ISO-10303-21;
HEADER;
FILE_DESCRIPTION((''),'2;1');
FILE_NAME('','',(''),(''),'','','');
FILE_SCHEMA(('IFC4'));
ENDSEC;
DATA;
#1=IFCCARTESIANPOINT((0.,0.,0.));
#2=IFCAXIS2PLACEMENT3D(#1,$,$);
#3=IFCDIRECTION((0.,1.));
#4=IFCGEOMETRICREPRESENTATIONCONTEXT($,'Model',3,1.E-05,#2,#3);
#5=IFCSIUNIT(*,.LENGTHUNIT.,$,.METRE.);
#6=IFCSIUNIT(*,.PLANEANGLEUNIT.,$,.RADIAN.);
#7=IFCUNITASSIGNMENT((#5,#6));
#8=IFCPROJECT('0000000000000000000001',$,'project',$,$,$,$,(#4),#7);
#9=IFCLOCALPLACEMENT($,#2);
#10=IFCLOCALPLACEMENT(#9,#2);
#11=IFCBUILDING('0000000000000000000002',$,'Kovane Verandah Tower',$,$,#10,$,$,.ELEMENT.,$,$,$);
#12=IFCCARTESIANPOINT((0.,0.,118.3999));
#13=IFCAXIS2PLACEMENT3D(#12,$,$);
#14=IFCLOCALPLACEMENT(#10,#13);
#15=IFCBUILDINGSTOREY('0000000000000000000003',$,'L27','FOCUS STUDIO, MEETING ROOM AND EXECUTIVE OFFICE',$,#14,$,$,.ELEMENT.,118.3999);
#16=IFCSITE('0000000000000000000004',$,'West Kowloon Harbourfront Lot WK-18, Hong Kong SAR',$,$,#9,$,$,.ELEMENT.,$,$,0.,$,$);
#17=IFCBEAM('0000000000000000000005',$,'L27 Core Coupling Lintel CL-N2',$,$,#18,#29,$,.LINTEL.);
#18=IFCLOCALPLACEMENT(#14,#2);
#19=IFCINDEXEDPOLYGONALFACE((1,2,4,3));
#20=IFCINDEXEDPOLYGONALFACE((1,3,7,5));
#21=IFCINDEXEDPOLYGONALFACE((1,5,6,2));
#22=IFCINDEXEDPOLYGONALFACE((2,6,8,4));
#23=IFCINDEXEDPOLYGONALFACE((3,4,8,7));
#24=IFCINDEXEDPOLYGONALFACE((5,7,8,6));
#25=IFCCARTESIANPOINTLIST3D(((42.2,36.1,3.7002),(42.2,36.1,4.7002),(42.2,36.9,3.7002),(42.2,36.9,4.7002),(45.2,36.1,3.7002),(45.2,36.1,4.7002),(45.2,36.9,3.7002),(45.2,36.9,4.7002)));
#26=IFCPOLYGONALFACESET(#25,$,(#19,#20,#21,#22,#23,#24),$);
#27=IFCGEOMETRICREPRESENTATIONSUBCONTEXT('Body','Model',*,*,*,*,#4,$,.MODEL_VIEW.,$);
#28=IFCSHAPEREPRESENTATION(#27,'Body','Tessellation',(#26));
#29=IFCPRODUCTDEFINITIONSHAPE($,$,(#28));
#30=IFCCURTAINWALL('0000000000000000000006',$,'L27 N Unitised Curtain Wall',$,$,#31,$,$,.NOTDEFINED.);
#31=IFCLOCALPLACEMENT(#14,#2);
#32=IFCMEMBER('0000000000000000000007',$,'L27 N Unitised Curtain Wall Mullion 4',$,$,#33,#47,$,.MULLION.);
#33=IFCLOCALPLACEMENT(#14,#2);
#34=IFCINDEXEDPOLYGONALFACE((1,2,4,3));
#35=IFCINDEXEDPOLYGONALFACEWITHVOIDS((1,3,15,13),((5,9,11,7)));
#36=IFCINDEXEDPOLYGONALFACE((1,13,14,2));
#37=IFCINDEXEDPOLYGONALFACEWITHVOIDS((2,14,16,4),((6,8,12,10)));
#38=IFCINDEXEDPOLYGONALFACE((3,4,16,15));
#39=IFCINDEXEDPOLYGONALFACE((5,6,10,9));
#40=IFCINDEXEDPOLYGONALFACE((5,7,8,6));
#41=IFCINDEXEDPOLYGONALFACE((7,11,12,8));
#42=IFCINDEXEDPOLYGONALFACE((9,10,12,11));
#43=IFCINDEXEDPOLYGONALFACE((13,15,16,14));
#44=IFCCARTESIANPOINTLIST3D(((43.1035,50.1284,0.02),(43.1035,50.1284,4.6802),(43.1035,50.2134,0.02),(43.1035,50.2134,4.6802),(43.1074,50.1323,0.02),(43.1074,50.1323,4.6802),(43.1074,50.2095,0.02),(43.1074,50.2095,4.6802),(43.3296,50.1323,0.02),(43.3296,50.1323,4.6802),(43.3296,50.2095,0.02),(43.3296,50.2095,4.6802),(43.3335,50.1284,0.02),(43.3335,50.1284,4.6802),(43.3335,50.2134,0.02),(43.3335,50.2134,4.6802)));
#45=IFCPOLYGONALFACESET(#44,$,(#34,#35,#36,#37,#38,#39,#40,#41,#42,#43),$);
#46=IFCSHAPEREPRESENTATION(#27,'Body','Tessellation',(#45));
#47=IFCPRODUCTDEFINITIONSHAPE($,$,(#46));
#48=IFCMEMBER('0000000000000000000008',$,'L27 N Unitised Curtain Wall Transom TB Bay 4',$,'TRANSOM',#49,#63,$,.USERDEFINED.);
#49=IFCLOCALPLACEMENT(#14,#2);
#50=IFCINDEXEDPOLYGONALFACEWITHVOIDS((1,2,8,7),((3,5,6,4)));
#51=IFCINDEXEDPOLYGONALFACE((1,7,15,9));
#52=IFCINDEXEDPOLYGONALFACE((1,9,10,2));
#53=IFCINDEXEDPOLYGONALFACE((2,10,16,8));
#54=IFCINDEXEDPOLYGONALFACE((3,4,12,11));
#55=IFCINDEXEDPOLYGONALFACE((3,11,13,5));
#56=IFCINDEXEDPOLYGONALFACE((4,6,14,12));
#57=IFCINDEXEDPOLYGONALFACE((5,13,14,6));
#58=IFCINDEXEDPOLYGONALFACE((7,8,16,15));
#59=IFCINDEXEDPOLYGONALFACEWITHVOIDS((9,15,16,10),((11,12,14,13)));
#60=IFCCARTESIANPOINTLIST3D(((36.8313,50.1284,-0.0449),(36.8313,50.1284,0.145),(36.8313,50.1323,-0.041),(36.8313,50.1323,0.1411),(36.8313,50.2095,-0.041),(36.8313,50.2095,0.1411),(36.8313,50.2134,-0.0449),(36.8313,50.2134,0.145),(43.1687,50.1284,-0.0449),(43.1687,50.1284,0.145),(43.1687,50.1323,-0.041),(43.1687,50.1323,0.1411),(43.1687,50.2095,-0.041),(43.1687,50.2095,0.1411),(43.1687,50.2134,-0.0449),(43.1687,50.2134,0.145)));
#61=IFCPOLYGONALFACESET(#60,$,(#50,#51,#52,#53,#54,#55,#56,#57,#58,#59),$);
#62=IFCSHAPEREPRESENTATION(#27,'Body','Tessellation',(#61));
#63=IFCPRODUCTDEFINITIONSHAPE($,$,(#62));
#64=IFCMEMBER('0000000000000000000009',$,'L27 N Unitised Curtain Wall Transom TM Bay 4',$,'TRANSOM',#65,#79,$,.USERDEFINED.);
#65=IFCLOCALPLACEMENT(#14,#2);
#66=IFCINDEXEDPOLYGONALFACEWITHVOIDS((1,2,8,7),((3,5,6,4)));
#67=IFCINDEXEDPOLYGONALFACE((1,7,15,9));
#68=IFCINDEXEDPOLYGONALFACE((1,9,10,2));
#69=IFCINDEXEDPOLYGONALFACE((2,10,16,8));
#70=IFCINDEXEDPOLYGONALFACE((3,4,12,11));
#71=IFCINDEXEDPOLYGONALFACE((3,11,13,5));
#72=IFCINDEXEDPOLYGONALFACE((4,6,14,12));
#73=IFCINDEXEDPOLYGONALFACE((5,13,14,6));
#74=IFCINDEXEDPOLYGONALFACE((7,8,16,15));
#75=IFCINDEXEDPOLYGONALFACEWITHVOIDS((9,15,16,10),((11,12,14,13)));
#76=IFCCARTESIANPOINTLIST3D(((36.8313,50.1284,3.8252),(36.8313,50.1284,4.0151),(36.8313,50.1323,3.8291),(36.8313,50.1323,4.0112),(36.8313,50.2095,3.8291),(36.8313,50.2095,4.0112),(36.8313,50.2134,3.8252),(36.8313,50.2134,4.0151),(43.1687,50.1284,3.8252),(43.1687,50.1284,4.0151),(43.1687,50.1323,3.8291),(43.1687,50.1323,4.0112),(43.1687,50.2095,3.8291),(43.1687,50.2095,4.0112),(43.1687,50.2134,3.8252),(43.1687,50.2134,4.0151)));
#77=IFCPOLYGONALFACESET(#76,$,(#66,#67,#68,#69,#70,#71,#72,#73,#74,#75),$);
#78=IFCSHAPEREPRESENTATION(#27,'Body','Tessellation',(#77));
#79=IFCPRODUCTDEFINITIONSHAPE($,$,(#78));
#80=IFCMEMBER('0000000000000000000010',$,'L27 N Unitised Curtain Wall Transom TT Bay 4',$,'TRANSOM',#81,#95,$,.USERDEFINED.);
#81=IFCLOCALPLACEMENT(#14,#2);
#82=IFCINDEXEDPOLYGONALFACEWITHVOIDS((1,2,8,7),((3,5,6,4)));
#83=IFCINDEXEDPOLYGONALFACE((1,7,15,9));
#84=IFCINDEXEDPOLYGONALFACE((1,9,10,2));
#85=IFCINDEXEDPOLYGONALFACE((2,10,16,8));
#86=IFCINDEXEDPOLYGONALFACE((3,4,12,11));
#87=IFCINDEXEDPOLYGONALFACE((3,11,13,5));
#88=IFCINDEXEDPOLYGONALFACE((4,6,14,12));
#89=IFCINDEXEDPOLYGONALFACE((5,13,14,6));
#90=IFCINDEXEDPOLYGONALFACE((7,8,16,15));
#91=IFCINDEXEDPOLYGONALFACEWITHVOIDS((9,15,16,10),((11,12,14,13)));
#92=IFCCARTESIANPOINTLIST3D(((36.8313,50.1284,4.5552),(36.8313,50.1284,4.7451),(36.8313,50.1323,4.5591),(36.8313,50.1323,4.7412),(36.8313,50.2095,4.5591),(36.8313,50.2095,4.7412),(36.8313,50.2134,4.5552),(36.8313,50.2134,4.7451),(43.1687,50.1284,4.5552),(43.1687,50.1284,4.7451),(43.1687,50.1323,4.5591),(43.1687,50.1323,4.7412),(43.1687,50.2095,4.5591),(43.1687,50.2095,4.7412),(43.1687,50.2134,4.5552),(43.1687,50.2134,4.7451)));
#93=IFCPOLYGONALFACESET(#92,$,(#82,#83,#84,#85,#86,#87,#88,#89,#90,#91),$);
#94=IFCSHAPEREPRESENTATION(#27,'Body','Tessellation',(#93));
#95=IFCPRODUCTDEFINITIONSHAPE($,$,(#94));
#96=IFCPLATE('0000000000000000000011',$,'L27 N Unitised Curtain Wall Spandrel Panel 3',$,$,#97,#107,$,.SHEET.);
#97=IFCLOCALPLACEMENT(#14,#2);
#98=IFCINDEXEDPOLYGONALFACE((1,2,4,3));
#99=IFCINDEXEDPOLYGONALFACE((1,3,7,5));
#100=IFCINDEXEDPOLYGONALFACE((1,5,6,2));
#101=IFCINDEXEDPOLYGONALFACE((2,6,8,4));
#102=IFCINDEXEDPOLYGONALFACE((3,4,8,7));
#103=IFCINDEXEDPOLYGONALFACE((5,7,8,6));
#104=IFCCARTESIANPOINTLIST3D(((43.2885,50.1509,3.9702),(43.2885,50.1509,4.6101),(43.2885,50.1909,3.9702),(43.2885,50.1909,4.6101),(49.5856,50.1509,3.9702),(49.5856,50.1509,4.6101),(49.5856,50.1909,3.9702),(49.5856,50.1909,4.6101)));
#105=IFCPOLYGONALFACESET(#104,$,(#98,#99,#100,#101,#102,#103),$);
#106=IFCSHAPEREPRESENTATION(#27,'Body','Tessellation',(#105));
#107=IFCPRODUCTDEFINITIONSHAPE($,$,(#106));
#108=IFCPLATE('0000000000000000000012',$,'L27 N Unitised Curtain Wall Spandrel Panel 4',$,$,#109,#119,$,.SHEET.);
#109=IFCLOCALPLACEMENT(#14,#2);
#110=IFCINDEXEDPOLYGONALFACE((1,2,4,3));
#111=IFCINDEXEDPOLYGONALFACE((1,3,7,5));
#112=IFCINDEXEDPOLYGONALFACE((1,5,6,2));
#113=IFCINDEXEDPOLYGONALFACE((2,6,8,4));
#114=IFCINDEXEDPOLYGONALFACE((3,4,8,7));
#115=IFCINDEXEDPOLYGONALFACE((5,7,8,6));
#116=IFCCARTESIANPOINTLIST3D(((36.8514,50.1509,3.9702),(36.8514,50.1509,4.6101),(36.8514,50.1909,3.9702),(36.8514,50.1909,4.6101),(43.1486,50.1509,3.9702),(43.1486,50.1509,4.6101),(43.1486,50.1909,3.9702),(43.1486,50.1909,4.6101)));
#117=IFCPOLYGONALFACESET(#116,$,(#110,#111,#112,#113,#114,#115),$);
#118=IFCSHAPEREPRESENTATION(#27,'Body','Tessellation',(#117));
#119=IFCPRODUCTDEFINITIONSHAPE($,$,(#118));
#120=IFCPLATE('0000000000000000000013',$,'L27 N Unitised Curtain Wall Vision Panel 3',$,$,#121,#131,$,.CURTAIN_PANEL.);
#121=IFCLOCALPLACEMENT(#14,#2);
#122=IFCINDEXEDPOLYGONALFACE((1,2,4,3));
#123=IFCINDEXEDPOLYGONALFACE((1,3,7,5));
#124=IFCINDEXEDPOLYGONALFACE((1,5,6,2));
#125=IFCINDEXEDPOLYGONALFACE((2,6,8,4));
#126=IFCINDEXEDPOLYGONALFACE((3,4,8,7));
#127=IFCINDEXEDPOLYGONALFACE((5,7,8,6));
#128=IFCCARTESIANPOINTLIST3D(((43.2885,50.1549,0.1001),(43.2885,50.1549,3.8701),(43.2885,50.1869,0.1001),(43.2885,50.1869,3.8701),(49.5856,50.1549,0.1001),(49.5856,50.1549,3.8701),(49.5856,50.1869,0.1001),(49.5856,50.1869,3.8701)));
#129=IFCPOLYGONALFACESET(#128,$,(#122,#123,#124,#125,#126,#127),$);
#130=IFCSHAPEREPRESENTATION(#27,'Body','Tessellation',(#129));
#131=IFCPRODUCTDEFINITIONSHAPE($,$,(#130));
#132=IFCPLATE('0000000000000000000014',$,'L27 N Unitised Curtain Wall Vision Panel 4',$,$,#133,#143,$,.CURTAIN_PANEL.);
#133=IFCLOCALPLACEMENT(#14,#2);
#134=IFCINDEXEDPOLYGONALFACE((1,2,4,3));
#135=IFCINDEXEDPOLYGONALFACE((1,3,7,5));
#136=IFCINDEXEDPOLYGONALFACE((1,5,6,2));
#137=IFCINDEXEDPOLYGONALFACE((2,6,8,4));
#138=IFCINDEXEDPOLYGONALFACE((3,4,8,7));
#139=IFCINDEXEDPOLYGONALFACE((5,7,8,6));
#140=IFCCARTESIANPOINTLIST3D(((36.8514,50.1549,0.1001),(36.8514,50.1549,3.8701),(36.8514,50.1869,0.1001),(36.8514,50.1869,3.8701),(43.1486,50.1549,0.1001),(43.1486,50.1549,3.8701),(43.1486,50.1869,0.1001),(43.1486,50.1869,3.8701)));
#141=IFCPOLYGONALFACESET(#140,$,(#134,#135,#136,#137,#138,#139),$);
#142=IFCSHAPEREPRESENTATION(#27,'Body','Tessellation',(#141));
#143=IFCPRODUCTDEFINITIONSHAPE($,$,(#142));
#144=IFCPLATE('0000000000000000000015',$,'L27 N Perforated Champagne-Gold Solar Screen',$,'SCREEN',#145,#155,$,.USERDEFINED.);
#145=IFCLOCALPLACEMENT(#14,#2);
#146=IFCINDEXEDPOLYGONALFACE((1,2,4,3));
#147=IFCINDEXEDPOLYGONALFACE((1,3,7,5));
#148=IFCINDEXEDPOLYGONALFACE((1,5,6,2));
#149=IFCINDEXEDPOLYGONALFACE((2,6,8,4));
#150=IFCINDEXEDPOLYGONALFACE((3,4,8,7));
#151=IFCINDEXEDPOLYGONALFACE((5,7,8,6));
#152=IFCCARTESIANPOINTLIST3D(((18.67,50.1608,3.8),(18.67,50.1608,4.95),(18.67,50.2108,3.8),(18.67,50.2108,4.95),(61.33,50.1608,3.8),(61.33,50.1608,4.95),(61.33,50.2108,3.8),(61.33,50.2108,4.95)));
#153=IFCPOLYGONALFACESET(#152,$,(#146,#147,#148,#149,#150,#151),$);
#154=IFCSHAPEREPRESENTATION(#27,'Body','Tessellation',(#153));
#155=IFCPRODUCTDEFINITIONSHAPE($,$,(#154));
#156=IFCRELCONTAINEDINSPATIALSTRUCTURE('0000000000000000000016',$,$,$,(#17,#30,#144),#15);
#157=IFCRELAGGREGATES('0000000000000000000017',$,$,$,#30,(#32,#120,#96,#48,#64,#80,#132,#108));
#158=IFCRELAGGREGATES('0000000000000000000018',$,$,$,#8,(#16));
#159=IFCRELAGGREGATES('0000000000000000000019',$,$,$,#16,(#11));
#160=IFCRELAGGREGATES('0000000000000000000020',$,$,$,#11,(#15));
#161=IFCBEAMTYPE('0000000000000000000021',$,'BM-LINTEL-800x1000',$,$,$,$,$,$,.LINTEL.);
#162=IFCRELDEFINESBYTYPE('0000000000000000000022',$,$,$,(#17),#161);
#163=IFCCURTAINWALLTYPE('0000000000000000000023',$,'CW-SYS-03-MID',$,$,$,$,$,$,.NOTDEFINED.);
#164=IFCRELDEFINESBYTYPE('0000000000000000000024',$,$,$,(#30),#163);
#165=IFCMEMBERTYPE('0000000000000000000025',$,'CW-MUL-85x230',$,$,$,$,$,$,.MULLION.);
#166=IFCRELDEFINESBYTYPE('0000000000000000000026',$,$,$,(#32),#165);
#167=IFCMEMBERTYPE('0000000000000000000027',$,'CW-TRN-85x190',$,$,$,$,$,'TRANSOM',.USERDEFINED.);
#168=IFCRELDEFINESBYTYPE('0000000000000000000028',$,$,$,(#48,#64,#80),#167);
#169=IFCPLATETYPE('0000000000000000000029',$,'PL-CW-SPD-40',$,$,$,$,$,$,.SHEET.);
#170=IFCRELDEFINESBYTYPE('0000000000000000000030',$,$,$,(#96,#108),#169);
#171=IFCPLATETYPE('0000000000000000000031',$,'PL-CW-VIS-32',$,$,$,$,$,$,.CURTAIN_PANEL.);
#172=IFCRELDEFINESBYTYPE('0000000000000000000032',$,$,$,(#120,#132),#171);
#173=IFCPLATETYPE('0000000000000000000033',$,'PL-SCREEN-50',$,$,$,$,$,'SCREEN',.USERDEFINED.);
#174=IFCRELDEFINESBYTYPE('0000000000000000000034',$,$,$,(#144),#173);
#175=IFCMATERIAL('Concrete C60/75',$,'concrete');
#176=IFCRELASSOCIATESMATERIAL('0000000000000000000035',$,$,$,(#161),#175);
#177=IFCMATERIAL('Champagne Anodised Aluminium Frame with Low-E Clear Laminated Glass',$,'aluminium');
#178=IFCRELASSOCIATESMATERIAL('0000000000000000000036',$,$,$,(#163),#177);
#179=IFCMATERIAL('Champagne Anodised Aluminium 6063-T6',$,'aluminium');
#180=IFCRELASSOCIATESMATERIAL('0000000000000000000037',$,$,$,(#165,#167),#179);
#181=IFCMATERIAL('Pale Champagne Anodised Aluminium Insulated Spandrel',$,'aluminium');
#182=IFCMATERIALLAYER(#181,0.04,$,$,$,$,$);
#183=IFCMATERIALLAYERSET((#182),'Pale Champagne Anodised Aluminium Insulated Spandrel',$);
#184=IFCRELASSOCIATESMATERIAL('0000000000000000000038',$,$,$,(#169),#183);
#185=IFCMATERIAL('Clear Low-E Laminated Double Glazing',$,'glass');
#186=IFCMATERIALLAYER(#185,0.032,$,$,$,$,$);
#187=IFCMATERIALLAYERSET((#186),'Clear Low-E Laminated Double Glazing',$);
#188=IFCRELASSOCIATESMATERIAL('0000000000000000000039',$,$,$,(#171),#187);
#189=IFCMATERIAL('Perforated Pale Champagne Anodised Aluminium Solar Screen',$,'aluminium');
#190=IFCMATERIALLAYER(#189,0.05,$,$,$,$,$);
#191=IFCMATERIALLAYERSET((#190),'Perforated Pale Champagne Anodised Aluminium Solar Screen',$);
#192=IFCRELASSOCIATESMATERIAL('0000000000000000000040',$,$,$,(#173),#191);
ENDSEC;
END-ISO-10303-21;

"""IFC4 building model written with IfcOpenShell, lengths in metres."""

from ifc_helpers import new_model, si_unit, direction, frame, origin, origin_2d, place, context, subcontext, project, spatial, rectangle, hollow_rectangle, extrude, material, layer, layer_set, material_profile, profile_set, type_object, element, aggregate, save


model = new_model("IFC4")

# Units and contexts
model_context = context("Model", 3, precision=1e-05, world=origin(), true_north=direction((0.0, 1.0)))
body_context = subcontext(model_context, "Body", "Model", "MODEL_VIEW")
ifc_project = project(units=[si_unit("LENGTHUNIT", "METRE"), si_unit("PLANEANGLEUNIT", "RADIAN")], contexts=[model_context])

# Site, building, storey
site_placement = place(None, origin())
site = spatial("IfcSite", under=ifc_project, at=site_placement, Name="West Kowloon Harbourfront Lot WK-18, Hong Kong SAR", CompositionType="ELEMENT", RefElevation=0.0)
building_placement = place(site_placement, origin())
building = spatial("IfcBuilding", under=site, at=building_placement, Name="Kovane Verandah Tower", CompositionType="ELEMENT")
storey_placement = place(building_placement, frame((0.0, 0.0, 118.3999)))
storey = spatial("IfcBuildingStorey", under=building, at=storey_placement, Name="L27", Description="FOCUS STUDIO, MEETING ROOM AND EXECUTIVE OFFICE", CompositionType="ELEMENT", Elevation=118.3999)

# Beam
ifc_material_1 = material(Name="Concrete C60/75", Category="concrete")
ifc_material_profile_1 = material_profile(ifc_material_1, rectangle(XDim=0.8, YDim=1.0, at=origin_2d()), Name="RCB800x1000")
ifc_profile_set_1 = profile_set([ifc_material_profile_1], Name="Concrete C60/75")
beam_type = type_object("IfcBeamType", Name="BM-LINTEL-800x1000", PredefinedType="LINTEL", material=ifc_profile_set_1)
beam_placement = place(storey_placement, frame((42.2, 36.5, 4.2002), z_axis=(1.0, 0.0, 0.0), x_axis=(0.0, 1.0, 0.0)))
element("IfcBeam", 1, at=beam_placement, inside=storey, type_object=beam_type, Name="L27 Core Coupling Lintel CL-N2", PredefinedType="LINTEL", context=body_context, shape_type="SweptSolid", body=[
    extrude(rectangle(XDim=0.8, YDim=1.0, at=origin_2d()), origin(), (0.0, 0.0, 1.0), 3.0),
])

# Curtain wall, members, plates
ifc_material_2 = material(Name="Champagne Anodised Aluminium Frame with Low-E Clear Laminated Glass", Category="aluminium")
curtain_wall_type = type_object("IfcCurtainWallType", Name="CW-SYS-03-MID", PredefinedType="NOTDEFINED", material=ifc_material_2)
curtain_wall_placement = place(storey_placement, origin())
curtain_wall = element("IfcCurtainWall", 2, at=curtain_wall_placement, inside=storey, type_object=curtain_wall_type, Name="L27 N Unitised Curtain Wall", PredefinedType="NOTDEFINED")
ifc_material_3 = material(Name="Champagne Anodised Aluminium 6063-T6", Category="aluminium")
ifc_material_profile_2 = material_profile(ifc_material_3, hollow_rectangle(XDim=0.085, YDim=0.23, WallThickness=0.0039, at=origin_2d()), Name="AL85x230x4")
ifc_profile_set_2 = profile_set([ifc_material_profile_2], Name="Champagne Anodised Aluminium 6063-T6")
member_type_1 = type_object("IfcMemberType", Name="CW-MUL-85x230", PredefinedType="MULLION", material=ifc_profile_set_2)
member_1_placement = place(storey_placement, frame((43.2185, 50.1709, 0.02), z_axis=(0.0, 0.0, 1.0), x_axis=(0.0, 1.0, 0.0)))
member_1 = element("IfcMember", 3, at=member_1_placement, type_object=member_type_1, Name="L27 N Unitised Curtain Wall Mullion 4", PredefinedType="MULLION", context=body_context, shape_type="SweptSolid", body=[
    extrude(hollow_rectangle(XDim=0.085, YDim=0.23, WallThickness=0.0039, at=origin_2d()), origin(), (0.0, 0.0, 1.0), 4.6602),
])
ifc_material_profile_3 = material_profile(ifc_material_3, hollow_rectangle(XDim=0.085, YDim=0.1899, WallThickness=0.0039, at=origin_2d()), Name="AL85x190x4")
ifc_profile_set_3 = profile_set([ifc_material_profile_3], Name="Champagne Anodised Aluminium 6063-T6")
member_type_2 = type_object("IfcMemberType", Name="CW-TRN-85x190", ElementType="TRANSOM", PredefinedType="USERDEFINED", material=ifc_profile_set_3)
member_2_placement = place(storey_placement, frame((43.1687, 50.1709, 0.05), z_axis=(-1.0, 0.0, 0.0), x_axis=(0.0, -1.0, 0.0)))
member_2 = element("IfcMember", 4, at=member_2_placement, type_object=member_type_2, Name="L27 N Unitised Curtain Wall Transom TB Bay 4", ObjectType="TRANSOM", PredefinedType="USERDEFINED", context=body_context, shape_type="SweptSolid", body=[
    extrude(hollow_rectangle(XDim=0.085, YDim=0.1899, WallThickness=0.0039, at=origin_2d()), origin(), (0.0, 0.0, 1.0), 6.3374),
])
member_3_placement = place(storey_placement, frame((43.1687, 50.1709, 3.9202), z_axis=(-1.0, 0.0, 0.0), x_axis=(0.0, -1.0, 0.0)))
member_3 = element("IfcMember", 5, at=member_3_placement, type_object=member_type_2, Name="L27 N Unitised Curtain Wall Transom TM Bay 4", ObjectType="TRANSOM", PredefinedType="USERDEFINED", context=body_context, shape_type="SweptSolid", body=[
    extrude(hollow_rectangle(XDim=0.085, YDim=0.1899, WallThickness=0.0039, at=origin_2d()), origin(), (0.0, 0.0, 1.0), 6.3374),
])
member_4_placement = place(storey_placement, frame((43.1687, 50.1709, 4.6501), z_axis=(-1.0, 0.0, 0.0), x_axis=(0.0, -1.0, 0.0)))
member_4 = element("IfcMember", 6, at=member_4_placement, type_object=member_type_2, Name="L27 N Unitised Curtain Wall Transom TT Bay 4", ObjectType="TRANSOM", PredefinedType="USERDEFINED", context=body_context, shape_type="SweptSolid", body=[
    extrude(hollow_rectangle(XDim=0.085, YDim=0.1899, WallThickness=0.0039, at=origin_2d()), origin(), (0.0, 0.0, 1.0), 6.3374),
])
ifc_material_4 = material(Name="Pale Champagne Anodised Aluminium Insulated Spandrel", Category="aluminium")
ifc_layer_1 = layer(ifc_material_4, 0.04)
ifc_layer_set_1 = layer_set([ifc_layer_1], Name="Pale Champagne Anodised Aluminium Insulated Spandrel")
plate_type_1 = type_object("IfcPlateType", Name="PL-CW-SPD-40", PredefinedType="SHEET", material=ifc_layer_set_1)
plate_1_placement = place(storey_placement, frame((46.437, 50.1709, 3.9702), z_axis=(0.0, 0.0, 1.0), x_axis=(-1.0, 0.0, 0.0)))
plate_1 = element("IfcPlate", 7, at=plate_1_placement, type_object=plate_type_1, Name="L27 N Unitised Curtain Wall Spandrel Panel 3", PredefinedType="SHEET", context=body_context, shape_type="SweptSolid", body=[
    extrude(rectangle(XDim=6.2971, YDim=0.04, at=origin_2d()), origin(), (0.0, 0.0, 1.0), 0.6399),
])
plate_2_placement = place(storey_placement, frame((40.0, 50.1709, 3.9702), z_axis=(0.0, 0.0, 1.0), x_axis=(-1.0, 0.0, 0.0)))
plate_2 = element("IfcPlate", 8, at=plate_2_placement, type_object=plate_type_1, Name="L27 N Unitised Curtain Wall Spandrel Panel 4", PredefinedType="SHEET", context=body_context, shape_type="SweptSolid", body=[
    extrude(rectangle(XDim=6.2971, YDim=0.04, at=origin_2d()), origin(), (0.0, 0.0, 1.0), 0.6399),
])
ifc_material_5 = material(Name="Clear Low-E Laminated Double Glazing", Category="glass")
ifc_layer_2 = layer(ifc_material_5, 0.032)
ifc_layer_set_2 = layer_set([ifc_layer_2], Name="Clear Low-E Laminated Double Glazing")
plate_type_2 = type_object("IfcPlateType", Name="PL-CW-VIS-32", PredefinedType="CURTAIN_PANEL", material=ifc_layer_set_2)
plate_3_placement = place(storey_placement, frame((46.437, 50.1709, 0.1001), z_axis=(0.0, 0.0, 1.0), x_axis=(-1.0, 0.0, 0.0)))
plate_3 = element("IfcPlate", 9, at=plate_3_placement, type_object=plate_type_2, Name="L27 N Unitised Curtain Wall Vision Panel 3", PredefinedType="CURTAIN_PANEL", context=body_context, shape_type="SweptSolid", body=[
    extrude(rectangle(XDim=6.2971, YDim=0.032, at=origin_2d()), origin(), (0.0, 0.0, 1.0), 3.77),
])
plate_4_placement = place(storey_placement, frame((40.0, 50.1709, 0.1001), z_axis=(0.0, 0.0, 1.0), x_axis=(-1.0, 0.0, 0.0)))
plate_4 = element("IfcPlate", 10, at=plate_4_placement, type_object=plate_type_2, Name="L27 N Unitised Curtain Wall Vision Panel 4", PredefinedType="CURTAIN_PANEL", context=body_context, shape_type="SweptSolid", body=[
    extrude(rectangle(XDim=6.2971, YDim=0.032, at=origin_2d()), origin(), (0.0, 0.0, 1.0), 3.77),
])
aggregate(curtain_wall, [member_1, plate_3, plate_1, member_2, member_3, member_4, plate_4, plate_2])

# Plate
ifc_material_6 = material(Name="Perforated Pale Champagne Anodised Aluminium Solar Screen", Category="aluminium")
ifc_layer_3 = layer(ifc_material_6, 0.05)
ifc_layer_set_3 = layer_set([ifc_layer_3], Name="Perforated Pale Champagne Anodised Aluminium Solar Screen")
plate_type_3 = type_object("IfcPlateType", Name="PL-SCREEN-50", ElementType="SCREEN", PredefinedType="USERDEFINED", material=ifc_layer_set_3)
plate_5_placement = place(storey_placement, frame((40.0, 50.1858, 3.8), z_axis=(0.0, 0.0, 1.0), x_axis=(-1.0, 0.0, 0.0)))
element("IfcPlate", 11, at=plate_5_placement, inside=storey, type_object=plate_type_3, Name="L27 N Perforated Champagne-Gold Solar Screen", ObjectType="SCREEN", PredefinedType="USERDEFINED", context=body_context, shape_type="SweptSolid", body=[
    extrude(rectangle(XDim=42.6599, YDim=0.05, at=origin_2d()), origin(), (0.0, 0.0, 1.0), 1.1499),
])

save(model, "model.ifc")
